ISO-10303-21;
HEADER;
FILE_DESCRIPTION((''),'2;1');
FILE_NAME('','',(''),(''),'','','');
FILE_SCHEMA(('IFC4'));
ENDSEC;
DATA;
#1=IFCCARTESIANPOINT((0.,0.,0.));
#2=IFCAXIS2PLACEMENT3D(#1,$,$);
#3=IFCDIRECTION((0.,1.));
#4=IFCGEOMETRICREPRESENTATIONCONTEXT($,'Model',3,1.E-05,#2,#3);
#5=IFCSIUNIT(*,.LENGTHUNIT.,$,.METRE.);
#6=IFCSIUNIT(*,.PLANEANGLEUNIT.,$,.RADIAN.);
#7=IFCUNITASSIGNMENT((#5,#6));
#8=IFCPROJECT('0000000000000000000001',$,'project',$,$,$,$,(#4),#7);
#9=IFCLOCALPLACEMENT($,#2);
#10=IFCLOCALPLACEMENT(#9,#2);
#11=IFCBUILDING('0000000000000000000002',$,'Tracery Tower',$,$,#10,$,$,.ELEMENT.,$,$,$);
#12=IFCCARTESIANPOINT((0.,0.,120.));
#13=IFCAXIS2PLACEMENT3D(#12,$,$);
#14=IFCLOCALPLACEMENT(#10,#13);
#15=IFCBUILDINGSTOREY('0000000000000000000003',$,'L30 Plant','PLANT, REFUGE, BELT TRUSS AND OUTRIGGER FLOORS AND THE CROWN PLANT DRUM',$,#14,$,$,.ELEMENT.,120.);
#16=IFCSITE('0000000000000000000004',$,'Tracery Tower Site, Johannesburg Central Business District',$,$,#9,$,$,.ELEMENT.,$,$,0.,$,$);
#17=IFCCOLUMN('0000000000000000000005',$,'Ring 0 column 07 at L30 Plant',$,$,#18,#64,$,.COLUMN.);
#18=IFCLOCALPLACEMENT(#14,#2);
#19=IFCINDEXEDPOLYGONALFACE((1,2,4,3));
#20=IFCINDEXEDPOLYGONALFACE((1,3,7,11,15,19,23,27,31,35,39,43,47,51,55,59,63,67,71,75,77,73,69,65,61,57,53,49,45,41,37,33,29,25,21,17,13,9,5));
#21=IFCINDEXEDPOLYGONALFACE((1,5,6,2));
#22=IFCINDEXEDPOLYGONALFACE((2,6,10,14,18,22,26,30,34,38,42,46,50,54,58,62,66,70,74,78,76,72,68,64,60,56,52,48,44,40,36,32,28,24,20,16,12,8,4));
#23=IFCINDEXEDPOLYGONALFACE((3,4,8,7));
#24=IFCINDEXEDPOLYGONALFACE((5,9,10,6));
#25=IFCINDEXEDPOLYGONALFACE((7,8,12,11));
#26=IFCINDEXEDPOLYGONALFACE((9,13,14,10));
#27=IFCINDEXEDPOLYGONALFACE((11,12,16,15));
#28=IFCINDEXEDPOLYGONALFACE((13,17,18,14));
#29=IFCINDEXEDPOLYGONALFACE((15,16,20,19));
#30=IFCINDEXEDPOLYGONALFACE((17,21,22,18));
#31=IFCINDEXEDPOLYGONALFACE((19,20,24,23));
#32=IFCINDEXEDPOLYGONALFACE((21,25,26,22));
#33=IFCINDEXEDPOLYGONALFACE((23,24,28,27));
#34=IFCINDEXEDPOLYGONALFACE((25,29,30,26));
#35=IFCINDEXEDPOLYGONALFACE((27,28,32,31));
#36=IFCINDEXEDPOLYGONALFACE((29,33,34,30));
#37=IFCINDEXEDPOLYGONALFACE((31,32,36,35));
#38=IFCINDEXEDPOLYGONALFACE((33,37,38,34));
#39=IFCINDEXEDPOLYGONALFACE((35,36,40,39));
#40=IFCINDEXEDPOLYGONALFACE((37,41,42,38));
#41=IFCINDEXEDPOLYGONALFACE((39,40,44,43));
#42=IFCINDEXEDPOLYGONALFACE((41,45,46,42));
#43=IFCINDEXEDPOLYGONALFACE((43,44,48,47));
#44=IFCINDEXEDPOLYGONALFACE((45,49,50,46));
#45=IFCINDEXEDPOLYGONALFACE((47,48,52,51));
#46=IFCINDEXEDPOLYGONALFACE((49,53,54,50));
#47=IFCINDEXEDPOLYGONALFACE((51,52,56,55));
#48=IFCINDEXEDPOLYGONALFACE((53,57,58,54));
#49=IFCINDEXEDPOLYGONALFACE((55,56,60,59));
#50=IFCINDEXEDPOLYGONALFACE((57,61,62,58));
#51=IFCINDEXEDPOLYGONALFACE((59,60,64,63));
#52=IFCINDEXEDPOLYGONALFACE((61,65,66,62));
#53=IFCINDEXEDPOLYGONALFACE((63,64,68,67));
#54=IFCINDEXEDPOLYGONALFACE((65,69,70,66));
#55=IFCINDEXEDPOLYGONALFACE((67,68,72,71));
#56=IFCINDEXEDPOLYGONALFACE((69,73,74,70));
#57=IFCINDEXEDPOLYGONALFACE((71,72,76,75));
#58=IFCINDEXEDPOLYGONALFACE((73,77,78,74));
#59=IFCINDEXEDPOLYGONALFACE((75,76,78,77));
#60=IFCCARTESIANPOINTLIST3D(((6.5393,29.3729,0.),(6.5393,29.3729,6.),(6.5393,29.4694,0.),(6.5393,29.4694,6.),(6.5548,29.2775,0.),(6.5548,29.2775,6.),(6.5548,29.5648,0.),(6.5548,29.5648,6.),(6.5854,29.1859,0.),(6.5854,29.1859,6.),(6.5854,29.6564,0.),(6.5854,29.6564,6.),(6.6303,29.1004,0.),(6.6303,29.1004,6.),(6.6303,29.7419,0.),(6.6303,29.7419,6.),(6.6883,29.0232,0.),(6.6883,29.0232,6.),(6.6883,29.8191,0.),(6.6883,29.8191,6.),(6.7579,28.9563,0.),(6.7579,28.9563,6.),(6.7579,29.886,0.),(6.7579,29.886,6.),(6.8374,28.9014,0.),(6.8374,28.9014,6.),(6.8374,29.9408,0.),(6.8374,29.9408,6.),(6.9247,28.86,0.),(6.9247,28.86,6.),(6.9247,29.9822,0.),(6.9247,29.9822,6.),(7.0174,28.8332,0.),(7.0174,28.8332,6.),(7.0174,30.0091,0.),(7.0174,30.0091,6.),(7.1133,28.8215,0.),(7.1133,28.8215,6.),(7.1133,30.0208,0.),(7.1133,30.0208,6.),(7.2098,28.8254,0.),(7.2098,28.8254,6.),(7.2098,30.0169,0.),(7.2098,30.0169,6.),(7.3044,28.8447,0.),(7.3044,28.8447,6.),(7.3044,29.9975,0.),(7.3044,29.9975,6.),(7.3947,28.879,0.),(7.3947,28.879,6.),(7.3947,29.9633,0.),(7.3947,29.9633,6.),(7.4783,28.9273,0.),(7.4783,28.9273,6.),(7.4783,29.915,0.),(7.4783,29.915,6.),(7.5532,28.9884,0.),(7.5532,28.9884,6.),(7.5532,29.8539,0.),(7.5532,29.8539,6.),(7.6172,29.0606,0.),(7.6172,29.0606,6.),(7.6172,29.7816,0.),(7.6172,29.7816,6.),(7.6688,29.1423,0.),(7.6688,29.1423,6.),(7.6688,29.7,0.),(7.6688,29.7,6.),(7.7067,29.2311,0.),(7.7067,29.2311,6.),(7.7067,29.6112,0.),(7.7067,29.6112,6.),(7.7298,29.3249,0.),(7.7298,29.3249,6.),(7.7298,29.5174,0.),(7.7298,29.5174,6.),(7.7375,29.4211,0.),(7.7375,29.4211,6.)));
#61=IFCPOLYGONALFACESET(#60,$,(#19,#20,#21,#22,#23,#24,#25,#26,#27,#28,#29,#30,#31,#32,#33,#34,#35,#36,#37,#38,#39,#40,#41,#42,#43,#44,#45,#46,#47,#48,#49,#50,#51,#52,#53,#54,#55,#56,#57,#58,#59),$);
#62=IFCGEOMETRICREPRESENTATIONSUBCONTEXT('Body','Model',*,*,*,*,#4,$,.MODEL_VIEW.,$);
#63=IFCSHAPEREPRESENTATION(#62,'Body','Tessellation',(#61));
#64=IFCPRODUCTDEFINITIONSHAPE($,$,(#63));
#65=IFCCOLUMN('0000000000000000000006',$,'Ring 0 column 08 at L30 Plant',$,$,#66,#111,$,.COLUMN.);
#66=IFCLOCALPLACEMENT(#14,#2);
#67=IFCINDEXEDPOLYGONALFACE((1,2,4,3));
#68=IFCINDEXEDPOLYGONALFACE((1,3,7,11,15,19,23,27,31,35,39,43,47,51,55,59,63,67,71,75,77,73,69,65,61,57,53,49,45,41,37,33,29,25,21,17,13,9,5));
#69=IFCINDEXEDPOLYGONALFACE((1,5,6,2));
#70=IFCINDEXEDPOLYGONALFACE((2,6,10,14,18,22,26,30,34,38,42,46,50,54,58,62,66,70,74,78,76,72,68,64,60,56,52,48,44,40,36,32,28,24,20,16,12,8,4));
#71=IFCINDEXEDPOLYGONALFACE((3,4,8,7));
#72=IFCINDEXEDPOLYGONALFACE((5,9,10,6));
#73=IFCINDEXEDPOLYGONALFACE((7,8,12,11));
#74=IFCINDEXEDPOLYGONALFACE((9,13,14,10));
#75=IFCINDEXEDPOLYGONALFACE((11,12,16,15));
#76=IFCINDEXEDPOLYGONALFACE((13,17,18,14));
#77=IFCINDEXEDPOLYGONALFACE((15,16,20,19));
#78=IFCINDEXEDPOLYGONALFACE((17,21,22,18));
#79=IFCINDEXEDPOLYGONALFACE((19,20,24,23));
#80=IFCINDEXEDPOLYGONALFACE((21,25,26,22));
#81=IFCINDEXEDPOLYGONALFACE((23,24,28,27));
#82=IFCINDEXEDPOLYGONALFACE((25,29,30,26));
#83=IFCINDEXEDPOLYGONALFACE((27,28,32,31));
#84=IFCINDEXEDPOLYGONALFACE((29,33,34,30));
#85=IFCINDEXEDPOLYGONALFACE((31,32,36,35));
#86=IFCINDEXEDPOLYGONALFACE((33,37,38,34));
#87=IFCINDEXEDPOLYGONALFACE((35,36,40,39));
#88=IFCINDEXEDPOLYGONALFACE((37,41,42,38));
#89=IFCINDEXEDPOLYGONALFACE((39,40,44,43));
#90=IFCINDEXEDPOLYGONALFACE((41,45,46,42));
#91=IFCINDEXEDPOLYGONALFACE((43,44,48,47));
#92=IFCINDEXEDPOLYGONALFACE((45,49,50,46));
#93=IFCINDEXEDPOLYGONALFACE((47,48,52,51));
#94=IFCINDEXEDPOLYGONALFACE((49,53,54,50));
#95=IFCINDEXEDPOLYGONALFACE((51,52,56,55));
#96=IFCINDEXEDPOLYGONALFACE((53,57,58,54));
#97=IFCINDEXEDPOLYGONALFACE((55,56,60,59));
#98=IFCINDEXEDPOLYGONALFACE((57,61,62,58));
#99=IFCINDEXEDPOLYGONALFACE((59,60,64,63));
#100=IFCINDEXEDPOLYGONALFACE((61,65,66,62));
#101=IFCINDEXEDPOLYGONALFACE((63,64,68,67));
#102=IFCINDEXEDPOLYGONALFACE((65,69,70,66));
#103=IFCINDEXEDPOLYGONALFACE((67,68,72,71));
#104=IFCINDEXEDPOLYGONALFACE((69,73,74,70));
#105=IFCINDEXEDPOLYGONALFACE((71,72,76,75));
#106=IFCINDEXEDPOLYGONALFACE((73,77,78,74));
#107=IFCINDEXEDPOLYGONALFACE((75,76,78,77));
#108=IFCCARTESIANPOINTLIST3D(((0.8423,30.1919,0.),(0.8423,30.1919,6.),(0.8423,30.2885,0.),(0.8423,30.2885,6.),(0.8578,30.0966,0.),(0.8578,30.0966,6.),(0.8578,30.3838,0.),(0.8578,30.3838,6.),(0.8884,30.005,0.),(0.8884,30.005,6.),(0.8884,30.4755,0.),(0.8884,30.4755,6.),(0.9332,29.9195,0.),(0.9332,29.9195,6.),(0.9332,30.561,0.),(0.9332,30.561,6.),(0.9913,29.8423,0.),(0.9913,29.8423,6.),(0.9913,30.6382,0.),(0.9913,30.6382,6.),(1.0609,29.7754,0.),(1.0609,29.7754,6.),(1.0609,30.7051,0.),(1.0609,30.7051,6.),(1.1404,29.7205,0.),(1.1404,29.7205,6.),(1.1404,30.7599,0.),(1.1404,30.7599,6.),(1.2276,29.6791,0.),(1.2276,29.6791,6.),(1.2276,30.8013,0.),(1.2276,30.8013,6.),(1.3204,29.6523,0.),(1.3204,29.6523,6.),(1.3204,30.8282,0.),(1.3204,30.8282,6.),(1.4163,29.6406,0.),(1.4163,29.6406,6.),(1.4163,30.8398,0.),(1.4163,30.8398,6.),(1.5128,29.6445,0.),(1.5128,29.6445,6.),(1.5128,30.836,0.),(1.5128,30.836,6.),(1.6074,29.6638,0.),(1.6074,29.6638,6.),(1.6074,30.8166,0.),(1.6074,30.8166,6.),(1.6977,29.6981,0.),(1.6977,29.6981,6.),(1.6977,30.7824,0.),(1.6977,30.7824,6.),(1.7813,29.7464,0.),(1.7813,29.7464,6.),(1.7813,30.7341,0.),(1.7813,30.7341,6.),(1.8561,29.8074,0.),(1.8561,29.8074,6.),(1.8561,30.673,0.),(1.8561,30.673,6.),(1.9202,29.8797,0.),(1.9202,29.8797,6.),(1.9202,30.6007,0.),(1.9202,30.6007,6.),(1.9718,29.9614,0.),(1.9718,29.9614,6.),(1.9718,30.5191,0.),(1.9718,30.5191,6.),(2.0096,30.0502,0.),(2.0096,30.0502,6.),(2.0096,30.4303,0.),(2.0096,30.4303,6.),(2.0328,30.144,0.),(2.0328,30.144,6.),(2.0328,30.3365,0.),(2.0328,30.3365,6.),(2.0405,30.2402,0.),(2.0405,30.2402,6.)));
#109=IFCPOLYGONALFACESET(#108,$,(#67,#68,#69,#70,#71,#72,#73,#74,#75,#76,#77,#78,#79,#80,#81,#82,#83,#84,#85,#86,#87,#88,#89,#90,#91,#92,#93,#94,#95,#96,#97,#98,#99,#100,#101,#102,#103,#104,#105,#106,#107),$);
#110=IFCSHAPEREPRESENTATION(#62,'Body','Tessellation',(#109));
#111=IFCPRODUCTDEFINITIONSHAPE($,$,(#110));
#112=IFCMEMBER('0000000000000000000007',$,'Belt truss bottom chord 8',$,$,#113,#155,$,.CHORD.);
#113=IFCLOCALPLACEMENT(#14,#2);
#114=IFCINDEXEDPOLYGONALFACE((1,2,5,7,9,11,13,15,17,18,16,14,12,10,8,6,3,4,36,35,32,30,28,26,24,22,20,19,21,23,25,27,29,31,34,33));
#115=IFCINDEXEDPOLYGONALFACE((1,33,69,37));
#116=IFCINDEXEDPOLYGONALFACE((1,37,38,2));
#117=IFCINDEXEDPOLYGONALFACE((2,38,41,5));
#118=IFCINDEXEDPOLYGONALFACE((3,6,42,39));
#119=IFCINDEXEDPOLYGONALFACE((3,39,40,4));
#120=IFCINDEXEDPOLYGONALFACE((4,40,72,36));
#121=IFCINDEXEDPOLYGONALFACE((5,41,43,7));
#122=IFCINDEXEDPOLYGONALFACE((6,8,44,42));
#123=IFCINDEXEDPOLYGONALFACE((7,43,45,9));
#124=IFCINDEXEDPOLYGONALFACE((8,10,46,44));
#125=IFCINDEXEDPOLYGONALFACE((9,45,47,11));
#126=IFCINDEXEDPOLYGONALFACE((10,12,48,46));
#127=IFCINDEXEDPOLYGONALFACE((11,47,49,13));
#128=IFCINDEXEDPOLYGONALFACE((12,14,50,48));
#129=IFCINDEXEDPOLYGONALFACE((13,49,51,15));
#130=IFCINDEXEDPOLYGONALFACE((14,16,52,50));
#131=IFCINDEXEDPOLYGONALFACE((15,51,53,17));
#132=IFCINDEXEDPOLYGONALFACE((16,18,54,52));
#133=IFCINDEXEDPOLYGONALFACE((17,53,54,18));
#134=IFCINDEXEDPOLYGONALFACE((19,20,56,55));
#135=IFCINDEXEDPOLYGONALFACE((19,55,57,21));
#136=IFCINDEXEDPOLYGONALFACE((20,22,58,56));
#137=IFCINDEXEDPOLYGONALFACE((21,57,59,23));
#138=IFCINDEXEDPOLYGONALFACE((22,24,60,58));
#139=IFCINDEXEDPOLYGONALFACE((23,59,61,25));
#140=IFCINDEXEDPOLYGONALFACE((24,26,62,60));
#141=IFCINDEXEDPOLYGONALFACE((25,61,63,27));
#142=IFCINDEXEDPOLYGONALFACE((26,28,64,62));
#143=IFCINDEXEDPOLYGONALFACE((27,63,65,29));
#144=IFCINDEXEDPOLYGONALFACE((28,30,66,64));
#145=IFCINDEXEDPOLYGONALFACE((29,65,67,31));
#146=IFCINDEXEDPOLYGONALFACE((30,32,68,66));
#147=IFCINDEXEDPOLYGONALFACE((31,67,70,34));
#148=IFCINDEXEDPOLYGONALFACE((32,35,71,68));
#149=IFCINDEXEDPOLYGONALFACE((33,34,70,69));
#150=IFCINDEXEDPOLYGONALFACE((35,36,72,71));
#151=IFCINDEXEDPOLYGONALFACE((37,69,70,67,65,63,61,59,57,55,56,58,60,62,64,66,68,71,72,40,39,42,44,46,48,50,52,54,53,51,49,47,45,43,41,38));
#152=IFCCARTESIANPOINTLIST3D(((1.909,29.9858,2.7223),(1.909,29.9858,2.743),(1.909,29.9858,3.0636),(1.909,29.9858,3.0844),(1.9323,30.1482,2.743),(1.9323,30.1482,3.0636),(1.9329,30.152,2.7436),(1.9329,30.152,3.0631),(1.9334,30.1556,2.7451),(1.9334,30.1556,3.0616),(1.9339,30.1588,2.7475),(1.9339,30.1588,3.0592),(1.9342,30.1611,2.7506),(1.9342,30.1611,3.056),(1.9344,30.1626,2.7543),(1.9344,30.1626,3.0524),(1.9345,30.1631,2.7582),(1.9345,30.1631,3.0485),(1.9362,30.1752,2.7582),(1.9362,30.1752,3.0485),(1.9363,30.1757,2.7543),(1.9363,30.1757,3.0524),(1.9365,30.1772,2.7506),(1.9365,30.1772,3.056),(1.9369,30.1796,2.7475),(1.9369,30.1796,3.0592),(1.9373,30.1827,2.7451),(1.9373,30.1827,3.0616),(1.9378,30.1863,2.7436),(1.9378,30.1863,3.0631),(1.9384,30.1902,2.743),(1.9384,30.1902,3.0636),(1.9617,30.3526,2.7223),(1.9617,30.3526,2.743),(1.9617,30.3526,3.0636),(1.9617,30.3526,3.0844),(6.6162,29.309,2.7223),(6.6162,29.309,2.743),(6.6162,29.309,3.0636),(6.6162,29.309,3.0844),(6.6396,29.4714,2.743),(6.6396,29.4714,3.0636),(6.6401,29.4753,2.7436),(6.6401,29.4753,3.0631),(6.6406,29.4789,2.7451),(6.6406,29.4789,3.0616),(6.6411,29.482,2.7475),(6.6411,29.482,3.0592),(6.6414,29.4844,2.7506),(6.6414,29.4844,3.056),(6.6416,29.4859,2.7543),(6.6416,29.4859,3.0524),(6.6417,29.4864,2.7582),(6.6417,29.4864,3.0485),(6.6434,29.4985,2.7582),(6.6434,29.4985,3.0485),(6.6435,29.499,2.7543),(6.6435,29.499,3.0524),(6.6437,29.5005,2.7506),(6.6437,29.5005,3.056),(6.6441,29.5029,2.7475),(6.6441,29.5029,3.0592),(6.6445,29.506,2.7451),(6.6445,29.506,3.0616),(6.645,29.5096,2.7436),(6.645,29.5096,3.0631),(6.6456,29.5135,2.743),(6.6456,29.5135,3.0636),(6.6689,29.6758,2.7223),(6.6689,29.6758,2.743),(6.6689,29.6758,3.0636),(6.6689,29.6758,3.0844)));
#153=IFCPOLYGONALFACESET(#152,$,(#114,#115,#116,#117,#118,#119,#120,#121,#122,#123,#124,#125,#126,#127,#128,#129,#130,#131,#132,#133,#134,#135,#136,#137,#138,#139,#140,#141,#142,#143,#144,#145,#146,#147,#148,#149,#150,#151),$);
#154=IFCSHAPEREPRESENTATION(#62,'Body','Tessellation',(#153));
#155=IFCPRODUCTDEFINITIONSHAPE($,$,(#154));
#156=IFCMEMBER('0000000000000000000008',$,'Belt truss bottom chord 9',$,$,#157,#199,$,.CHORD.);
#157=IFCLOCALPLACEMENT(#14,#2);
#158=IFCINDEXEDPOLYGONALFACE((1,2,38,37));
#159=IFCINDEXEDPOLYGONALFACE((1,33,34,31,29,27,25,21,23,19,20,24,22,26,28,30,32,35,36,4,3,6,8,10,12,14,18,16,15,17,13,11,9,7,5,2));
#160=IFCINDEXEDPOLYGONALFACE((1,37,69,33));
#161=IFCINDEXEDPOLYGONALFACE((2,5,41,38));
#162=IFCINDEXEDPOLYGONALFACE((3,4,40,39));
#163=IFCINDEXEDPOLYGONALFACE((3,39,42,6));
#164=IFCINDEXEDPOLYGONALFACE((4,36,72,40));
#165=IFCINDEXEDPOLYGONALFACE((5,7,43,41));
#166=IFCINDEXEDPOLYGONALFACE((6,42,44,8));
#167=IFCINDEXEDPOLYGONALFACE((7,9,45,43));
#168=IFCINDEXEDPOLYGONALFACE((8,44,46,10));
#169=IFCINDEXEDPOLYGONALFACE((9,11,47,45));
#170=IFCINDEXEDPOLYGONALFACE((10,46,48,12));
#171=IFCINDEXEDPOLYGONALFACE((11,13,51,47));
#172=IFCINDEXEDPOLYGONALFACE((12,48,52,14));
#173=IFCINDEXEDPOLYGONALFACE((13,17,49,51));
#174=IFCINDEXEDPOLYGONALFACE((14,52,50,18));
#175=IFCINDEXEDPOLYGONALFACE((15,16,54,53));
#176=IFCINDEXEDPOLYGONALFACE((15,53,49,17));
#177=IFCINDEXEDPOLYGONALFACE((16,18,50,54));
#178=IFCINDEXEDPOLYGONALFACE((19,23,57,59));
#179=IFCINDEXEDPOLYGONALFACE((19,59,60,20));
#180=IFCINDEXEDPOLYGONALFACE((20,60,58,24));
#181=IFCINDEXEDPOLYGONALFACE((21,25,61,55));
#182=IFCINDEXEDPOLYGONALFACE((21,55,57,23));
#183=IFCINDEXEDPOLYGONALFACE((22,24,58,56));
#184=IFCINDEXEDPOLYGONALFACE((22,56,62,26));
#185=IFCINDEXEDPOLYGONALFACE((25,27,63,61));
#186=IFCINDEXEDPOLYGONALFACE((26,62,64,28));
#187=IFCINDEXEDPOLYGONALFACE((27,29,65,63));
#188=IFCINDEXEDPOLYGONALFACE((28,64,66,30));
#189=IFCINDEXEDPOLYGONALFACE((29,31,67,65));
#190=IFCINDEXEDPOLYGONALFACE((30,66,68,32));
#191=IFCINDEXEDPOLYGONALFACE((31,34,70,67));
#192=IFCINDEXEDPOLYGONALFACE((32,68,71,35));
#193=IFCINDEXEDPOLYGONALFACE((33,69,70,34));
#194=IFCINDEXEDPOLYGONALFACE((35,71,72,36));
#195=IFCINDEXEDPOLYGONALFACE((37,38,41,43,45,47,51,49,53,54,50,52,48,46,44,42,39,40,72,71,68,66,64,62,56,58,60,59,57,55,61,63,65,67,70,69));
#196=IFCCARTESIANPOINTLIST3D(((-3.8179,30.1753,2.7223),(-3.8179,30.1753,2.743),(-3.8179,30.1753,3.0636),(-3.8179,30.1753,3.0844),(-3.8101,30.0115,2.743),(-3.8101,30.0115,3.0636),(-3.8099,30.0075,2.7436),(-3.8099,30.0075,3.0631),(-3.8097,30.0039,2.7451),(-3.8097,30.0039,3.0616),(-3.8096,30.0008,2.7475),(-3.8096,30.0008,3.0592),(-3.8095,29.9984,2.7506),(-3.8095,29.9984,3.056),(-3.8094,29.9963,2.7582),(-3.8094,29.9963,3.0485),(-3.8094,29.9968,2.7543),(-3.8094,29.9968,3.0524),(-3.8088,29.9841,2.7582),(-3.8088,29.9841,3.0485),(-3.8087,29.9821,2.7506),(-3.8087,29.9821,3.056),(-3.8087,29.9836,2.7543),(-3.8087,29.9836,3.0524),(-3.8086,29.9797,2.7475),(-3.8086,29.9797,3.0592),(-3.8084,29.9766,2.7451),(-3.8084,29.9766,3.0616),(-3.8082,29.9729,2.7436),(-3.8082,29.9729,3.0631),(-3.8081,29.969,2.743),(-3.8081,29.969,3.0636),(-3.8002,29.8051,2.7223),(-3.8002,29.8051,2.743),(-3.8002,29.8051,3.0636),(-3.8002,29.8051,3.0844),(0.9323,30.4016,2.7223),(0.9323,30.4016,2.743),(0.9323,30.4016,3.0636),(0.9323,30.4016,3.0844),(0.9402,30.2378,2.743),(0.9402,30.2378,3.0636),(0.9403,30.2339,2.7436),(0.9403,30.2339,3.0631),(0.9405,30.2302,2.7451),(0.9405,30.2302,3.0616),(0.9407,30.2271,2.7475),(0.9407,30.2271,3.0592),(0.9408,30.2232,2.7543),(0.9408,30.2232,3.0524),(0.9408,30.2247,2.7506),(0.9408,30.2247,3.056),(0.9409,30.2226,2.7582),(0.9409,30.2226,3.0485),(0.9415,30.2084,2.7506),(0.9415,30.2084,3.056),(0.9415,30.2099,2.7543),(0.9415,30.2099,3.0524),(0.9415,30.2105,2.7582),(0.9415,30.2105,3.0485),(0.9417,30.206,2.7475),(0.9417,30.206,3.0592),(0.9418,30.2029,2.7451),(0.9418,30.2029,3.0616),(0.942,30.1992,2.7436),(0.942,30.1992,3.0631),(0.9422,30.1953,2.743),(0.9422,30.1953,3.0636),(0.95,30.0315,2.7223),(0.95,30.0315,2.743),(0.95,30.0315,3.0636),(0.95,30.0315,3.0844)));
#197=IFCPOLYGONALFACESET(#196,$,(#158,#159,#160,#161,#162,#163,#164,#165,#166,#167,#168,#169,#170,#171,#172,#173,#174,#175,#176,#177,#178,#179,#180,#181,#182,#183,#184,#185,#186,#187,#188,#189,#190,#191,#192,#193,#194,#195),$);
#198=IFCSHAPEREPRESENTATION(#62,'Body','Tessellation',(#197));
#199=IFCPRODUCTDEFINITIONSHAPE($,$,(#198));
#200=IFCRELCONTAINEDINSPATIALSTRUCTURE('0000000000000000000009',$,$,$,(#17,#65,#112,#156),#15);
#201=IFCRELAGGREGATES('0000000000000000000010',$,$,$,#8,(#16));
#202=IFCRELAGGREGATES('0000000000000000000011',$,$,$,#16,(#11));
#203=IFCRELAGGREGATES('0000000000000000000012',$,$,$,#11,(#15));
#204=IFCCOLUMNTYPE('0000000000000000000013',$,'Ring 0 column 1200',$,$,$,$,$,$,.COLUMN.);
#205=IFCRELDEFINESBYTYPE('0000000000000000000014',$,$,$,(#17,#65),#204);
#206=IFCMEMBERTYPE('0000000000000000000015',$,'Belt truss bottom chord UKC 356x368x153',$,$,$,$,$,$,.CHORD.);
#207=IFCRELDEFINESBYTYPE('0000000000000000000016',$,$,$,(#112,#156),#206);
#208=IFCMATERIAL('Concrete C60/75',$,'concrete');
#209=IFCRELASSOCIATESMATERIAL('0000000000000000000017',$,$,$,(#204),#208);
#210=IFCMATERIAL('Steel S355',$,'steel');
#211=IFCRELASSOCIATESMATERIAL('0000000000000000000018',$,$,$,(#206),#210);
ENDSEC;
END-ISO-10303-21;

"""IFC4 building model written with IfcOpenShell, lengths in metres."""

from ifc_helpers import new_model, si_unit, direction, frame, origin, origin_2d, place, context, subcontext, project, spatial, circle, i_section, extrude, material, material_profile, profile_set, type_object, element, save


model = new_model("IFC4")

# Units and contexts
model_context = context("Model", 3, precision=1e-05, world=origin(), true_north=direction((0.0, 1.0)))
body_context = subcontext(model_context, "Body", "Model", "MODEL_VIEW")
ifc_project = project(units=[si_unit("LENGTHUNIT", "METRE"), si_unit("PLANEANGLEUNIT", "RADIAN")], contexts=[model_context])

# Site, building, storey
site_placement = place(None, origin())
site = spatial("IfcSite", under=ifc_project, at=site_placement, Name="Tracery Tower Site, Johannesburg Central Business District", CompositionType="ELEMENT", RefElevation=0.0)
building_placement = place(site_placement, origin())
building = spatial("IfcBuilding", under=site, at=building_placement, Name="Tracery Tower", CompositionType="ELEMENT")
storey_placement = place(building_placement, frame((0.0, 0.0, 120.0)))
storey = spatial("IfcBuildingStorey", under=building, at=storey_placement, Name="L30 Plant", Description="PLANT, REFUGE, BELT TRUSS AND OUTRIGGER FLOORS AND THE CROWN PLANT DRUM", CompositionType="ELEMENT", Elevation=120.0)

# Columns
ifc_material_1 = material(Name="Concrete C60/75", Category="concrete")
ifc_material_profile_1 = material_profile(ifc_material_1, circle(Radius=0.6001, at=origin_2d()), Name="RC D1200")
ifc_profile_set_1 = profile_set([ifc_material_profile_1], Name="Concrete C60/75")
column_type = type_object("IfcColumnType", Name="Ring 0 column 1200", PredefinedType="COLUMN", material=ifc_profile_set_1)
for number, where, z_axis, x_axis, name in (
    (1, (7.1375, 29.4211, 0.0), (0.0, 0.0, 1.0), (1.0, 0.0, 0.0), "Ring 0 column 07 at L30 Plant"),
    (2, (1.4404, 30.2402, 0.0), (0.0, 0.0, 1.0), (1.0, 0.0, 0.0), "Ring 0 column 08 at L30 Plant"),
):
    element("IfcColumn", number, at=place(storey_placement, frame(where, z_axis=z_axis, x_axis=x_axis)), inside=storey, type_object=column_type, Name=name, PredefinedType="COLUMN", context=body_context, shape_type="SweptSolid", body=[
        extrude(circle(Radius=0.6001, at=origin_2d()), origin(), (0.0, 0.0, 1.0), 6.0),
    ])

# Members
ifc_material_2 = material(Name="Steel S355", Category="steel")
ifc_material_profile_2 = material_profile(ifc_material_2, i_section(OverallWidth=0.3706, OverallDepth=0.3621, WebThickness=0.0122, FlangeThickness=0.0208, FilletRadius=0.0151, at=origin_2d()), Name="UKC 356x368x153")
ifc_profile_set_2 = profile_set([ifc_material_profile_2], Name="Steel S355")
member_type_1 = type_object("IfcMemberType", Name="Belt truss bottom chord UKC 356x368x153", PredefinedType="CHORD", material=ifc_profile_set_2)
for number, where, z_axis, x_axis, name in (
    (3, (6.6426, 29.4924, 2.9033), (-0.989823, 0.142305, 0.0), (-0.142305, -0.989823, 0.0), "Belt truss bottom chord 8"),
    (4, (0.9412, 30.2166, 2.9033), (-0.998867, -0.04759, 0.0), (0.04759, -0.998867, 0.0), "Belt truss bottom chord 9"),
):
    element("IfcMember", number, at=place(storey_placement, frame(where, z_axis=z_axis, x_axis=x_axis)), inside=storey, type_object=member_type_1, Name=name, PredefinedType="CHORD", context=body_context, shape_type="SweptSolid", body=[
        extrude(i_section(OverallWidth=0.3706, OverallDepth=0.3621, WebThickness=0.0122, FlangeThickness=0.0208, FilletRadius=0.0151, at=origin_2d()), origin(), (0.0, 0.0, 1.0), 4.7556),
    ])

save(model, "model.ifc")
